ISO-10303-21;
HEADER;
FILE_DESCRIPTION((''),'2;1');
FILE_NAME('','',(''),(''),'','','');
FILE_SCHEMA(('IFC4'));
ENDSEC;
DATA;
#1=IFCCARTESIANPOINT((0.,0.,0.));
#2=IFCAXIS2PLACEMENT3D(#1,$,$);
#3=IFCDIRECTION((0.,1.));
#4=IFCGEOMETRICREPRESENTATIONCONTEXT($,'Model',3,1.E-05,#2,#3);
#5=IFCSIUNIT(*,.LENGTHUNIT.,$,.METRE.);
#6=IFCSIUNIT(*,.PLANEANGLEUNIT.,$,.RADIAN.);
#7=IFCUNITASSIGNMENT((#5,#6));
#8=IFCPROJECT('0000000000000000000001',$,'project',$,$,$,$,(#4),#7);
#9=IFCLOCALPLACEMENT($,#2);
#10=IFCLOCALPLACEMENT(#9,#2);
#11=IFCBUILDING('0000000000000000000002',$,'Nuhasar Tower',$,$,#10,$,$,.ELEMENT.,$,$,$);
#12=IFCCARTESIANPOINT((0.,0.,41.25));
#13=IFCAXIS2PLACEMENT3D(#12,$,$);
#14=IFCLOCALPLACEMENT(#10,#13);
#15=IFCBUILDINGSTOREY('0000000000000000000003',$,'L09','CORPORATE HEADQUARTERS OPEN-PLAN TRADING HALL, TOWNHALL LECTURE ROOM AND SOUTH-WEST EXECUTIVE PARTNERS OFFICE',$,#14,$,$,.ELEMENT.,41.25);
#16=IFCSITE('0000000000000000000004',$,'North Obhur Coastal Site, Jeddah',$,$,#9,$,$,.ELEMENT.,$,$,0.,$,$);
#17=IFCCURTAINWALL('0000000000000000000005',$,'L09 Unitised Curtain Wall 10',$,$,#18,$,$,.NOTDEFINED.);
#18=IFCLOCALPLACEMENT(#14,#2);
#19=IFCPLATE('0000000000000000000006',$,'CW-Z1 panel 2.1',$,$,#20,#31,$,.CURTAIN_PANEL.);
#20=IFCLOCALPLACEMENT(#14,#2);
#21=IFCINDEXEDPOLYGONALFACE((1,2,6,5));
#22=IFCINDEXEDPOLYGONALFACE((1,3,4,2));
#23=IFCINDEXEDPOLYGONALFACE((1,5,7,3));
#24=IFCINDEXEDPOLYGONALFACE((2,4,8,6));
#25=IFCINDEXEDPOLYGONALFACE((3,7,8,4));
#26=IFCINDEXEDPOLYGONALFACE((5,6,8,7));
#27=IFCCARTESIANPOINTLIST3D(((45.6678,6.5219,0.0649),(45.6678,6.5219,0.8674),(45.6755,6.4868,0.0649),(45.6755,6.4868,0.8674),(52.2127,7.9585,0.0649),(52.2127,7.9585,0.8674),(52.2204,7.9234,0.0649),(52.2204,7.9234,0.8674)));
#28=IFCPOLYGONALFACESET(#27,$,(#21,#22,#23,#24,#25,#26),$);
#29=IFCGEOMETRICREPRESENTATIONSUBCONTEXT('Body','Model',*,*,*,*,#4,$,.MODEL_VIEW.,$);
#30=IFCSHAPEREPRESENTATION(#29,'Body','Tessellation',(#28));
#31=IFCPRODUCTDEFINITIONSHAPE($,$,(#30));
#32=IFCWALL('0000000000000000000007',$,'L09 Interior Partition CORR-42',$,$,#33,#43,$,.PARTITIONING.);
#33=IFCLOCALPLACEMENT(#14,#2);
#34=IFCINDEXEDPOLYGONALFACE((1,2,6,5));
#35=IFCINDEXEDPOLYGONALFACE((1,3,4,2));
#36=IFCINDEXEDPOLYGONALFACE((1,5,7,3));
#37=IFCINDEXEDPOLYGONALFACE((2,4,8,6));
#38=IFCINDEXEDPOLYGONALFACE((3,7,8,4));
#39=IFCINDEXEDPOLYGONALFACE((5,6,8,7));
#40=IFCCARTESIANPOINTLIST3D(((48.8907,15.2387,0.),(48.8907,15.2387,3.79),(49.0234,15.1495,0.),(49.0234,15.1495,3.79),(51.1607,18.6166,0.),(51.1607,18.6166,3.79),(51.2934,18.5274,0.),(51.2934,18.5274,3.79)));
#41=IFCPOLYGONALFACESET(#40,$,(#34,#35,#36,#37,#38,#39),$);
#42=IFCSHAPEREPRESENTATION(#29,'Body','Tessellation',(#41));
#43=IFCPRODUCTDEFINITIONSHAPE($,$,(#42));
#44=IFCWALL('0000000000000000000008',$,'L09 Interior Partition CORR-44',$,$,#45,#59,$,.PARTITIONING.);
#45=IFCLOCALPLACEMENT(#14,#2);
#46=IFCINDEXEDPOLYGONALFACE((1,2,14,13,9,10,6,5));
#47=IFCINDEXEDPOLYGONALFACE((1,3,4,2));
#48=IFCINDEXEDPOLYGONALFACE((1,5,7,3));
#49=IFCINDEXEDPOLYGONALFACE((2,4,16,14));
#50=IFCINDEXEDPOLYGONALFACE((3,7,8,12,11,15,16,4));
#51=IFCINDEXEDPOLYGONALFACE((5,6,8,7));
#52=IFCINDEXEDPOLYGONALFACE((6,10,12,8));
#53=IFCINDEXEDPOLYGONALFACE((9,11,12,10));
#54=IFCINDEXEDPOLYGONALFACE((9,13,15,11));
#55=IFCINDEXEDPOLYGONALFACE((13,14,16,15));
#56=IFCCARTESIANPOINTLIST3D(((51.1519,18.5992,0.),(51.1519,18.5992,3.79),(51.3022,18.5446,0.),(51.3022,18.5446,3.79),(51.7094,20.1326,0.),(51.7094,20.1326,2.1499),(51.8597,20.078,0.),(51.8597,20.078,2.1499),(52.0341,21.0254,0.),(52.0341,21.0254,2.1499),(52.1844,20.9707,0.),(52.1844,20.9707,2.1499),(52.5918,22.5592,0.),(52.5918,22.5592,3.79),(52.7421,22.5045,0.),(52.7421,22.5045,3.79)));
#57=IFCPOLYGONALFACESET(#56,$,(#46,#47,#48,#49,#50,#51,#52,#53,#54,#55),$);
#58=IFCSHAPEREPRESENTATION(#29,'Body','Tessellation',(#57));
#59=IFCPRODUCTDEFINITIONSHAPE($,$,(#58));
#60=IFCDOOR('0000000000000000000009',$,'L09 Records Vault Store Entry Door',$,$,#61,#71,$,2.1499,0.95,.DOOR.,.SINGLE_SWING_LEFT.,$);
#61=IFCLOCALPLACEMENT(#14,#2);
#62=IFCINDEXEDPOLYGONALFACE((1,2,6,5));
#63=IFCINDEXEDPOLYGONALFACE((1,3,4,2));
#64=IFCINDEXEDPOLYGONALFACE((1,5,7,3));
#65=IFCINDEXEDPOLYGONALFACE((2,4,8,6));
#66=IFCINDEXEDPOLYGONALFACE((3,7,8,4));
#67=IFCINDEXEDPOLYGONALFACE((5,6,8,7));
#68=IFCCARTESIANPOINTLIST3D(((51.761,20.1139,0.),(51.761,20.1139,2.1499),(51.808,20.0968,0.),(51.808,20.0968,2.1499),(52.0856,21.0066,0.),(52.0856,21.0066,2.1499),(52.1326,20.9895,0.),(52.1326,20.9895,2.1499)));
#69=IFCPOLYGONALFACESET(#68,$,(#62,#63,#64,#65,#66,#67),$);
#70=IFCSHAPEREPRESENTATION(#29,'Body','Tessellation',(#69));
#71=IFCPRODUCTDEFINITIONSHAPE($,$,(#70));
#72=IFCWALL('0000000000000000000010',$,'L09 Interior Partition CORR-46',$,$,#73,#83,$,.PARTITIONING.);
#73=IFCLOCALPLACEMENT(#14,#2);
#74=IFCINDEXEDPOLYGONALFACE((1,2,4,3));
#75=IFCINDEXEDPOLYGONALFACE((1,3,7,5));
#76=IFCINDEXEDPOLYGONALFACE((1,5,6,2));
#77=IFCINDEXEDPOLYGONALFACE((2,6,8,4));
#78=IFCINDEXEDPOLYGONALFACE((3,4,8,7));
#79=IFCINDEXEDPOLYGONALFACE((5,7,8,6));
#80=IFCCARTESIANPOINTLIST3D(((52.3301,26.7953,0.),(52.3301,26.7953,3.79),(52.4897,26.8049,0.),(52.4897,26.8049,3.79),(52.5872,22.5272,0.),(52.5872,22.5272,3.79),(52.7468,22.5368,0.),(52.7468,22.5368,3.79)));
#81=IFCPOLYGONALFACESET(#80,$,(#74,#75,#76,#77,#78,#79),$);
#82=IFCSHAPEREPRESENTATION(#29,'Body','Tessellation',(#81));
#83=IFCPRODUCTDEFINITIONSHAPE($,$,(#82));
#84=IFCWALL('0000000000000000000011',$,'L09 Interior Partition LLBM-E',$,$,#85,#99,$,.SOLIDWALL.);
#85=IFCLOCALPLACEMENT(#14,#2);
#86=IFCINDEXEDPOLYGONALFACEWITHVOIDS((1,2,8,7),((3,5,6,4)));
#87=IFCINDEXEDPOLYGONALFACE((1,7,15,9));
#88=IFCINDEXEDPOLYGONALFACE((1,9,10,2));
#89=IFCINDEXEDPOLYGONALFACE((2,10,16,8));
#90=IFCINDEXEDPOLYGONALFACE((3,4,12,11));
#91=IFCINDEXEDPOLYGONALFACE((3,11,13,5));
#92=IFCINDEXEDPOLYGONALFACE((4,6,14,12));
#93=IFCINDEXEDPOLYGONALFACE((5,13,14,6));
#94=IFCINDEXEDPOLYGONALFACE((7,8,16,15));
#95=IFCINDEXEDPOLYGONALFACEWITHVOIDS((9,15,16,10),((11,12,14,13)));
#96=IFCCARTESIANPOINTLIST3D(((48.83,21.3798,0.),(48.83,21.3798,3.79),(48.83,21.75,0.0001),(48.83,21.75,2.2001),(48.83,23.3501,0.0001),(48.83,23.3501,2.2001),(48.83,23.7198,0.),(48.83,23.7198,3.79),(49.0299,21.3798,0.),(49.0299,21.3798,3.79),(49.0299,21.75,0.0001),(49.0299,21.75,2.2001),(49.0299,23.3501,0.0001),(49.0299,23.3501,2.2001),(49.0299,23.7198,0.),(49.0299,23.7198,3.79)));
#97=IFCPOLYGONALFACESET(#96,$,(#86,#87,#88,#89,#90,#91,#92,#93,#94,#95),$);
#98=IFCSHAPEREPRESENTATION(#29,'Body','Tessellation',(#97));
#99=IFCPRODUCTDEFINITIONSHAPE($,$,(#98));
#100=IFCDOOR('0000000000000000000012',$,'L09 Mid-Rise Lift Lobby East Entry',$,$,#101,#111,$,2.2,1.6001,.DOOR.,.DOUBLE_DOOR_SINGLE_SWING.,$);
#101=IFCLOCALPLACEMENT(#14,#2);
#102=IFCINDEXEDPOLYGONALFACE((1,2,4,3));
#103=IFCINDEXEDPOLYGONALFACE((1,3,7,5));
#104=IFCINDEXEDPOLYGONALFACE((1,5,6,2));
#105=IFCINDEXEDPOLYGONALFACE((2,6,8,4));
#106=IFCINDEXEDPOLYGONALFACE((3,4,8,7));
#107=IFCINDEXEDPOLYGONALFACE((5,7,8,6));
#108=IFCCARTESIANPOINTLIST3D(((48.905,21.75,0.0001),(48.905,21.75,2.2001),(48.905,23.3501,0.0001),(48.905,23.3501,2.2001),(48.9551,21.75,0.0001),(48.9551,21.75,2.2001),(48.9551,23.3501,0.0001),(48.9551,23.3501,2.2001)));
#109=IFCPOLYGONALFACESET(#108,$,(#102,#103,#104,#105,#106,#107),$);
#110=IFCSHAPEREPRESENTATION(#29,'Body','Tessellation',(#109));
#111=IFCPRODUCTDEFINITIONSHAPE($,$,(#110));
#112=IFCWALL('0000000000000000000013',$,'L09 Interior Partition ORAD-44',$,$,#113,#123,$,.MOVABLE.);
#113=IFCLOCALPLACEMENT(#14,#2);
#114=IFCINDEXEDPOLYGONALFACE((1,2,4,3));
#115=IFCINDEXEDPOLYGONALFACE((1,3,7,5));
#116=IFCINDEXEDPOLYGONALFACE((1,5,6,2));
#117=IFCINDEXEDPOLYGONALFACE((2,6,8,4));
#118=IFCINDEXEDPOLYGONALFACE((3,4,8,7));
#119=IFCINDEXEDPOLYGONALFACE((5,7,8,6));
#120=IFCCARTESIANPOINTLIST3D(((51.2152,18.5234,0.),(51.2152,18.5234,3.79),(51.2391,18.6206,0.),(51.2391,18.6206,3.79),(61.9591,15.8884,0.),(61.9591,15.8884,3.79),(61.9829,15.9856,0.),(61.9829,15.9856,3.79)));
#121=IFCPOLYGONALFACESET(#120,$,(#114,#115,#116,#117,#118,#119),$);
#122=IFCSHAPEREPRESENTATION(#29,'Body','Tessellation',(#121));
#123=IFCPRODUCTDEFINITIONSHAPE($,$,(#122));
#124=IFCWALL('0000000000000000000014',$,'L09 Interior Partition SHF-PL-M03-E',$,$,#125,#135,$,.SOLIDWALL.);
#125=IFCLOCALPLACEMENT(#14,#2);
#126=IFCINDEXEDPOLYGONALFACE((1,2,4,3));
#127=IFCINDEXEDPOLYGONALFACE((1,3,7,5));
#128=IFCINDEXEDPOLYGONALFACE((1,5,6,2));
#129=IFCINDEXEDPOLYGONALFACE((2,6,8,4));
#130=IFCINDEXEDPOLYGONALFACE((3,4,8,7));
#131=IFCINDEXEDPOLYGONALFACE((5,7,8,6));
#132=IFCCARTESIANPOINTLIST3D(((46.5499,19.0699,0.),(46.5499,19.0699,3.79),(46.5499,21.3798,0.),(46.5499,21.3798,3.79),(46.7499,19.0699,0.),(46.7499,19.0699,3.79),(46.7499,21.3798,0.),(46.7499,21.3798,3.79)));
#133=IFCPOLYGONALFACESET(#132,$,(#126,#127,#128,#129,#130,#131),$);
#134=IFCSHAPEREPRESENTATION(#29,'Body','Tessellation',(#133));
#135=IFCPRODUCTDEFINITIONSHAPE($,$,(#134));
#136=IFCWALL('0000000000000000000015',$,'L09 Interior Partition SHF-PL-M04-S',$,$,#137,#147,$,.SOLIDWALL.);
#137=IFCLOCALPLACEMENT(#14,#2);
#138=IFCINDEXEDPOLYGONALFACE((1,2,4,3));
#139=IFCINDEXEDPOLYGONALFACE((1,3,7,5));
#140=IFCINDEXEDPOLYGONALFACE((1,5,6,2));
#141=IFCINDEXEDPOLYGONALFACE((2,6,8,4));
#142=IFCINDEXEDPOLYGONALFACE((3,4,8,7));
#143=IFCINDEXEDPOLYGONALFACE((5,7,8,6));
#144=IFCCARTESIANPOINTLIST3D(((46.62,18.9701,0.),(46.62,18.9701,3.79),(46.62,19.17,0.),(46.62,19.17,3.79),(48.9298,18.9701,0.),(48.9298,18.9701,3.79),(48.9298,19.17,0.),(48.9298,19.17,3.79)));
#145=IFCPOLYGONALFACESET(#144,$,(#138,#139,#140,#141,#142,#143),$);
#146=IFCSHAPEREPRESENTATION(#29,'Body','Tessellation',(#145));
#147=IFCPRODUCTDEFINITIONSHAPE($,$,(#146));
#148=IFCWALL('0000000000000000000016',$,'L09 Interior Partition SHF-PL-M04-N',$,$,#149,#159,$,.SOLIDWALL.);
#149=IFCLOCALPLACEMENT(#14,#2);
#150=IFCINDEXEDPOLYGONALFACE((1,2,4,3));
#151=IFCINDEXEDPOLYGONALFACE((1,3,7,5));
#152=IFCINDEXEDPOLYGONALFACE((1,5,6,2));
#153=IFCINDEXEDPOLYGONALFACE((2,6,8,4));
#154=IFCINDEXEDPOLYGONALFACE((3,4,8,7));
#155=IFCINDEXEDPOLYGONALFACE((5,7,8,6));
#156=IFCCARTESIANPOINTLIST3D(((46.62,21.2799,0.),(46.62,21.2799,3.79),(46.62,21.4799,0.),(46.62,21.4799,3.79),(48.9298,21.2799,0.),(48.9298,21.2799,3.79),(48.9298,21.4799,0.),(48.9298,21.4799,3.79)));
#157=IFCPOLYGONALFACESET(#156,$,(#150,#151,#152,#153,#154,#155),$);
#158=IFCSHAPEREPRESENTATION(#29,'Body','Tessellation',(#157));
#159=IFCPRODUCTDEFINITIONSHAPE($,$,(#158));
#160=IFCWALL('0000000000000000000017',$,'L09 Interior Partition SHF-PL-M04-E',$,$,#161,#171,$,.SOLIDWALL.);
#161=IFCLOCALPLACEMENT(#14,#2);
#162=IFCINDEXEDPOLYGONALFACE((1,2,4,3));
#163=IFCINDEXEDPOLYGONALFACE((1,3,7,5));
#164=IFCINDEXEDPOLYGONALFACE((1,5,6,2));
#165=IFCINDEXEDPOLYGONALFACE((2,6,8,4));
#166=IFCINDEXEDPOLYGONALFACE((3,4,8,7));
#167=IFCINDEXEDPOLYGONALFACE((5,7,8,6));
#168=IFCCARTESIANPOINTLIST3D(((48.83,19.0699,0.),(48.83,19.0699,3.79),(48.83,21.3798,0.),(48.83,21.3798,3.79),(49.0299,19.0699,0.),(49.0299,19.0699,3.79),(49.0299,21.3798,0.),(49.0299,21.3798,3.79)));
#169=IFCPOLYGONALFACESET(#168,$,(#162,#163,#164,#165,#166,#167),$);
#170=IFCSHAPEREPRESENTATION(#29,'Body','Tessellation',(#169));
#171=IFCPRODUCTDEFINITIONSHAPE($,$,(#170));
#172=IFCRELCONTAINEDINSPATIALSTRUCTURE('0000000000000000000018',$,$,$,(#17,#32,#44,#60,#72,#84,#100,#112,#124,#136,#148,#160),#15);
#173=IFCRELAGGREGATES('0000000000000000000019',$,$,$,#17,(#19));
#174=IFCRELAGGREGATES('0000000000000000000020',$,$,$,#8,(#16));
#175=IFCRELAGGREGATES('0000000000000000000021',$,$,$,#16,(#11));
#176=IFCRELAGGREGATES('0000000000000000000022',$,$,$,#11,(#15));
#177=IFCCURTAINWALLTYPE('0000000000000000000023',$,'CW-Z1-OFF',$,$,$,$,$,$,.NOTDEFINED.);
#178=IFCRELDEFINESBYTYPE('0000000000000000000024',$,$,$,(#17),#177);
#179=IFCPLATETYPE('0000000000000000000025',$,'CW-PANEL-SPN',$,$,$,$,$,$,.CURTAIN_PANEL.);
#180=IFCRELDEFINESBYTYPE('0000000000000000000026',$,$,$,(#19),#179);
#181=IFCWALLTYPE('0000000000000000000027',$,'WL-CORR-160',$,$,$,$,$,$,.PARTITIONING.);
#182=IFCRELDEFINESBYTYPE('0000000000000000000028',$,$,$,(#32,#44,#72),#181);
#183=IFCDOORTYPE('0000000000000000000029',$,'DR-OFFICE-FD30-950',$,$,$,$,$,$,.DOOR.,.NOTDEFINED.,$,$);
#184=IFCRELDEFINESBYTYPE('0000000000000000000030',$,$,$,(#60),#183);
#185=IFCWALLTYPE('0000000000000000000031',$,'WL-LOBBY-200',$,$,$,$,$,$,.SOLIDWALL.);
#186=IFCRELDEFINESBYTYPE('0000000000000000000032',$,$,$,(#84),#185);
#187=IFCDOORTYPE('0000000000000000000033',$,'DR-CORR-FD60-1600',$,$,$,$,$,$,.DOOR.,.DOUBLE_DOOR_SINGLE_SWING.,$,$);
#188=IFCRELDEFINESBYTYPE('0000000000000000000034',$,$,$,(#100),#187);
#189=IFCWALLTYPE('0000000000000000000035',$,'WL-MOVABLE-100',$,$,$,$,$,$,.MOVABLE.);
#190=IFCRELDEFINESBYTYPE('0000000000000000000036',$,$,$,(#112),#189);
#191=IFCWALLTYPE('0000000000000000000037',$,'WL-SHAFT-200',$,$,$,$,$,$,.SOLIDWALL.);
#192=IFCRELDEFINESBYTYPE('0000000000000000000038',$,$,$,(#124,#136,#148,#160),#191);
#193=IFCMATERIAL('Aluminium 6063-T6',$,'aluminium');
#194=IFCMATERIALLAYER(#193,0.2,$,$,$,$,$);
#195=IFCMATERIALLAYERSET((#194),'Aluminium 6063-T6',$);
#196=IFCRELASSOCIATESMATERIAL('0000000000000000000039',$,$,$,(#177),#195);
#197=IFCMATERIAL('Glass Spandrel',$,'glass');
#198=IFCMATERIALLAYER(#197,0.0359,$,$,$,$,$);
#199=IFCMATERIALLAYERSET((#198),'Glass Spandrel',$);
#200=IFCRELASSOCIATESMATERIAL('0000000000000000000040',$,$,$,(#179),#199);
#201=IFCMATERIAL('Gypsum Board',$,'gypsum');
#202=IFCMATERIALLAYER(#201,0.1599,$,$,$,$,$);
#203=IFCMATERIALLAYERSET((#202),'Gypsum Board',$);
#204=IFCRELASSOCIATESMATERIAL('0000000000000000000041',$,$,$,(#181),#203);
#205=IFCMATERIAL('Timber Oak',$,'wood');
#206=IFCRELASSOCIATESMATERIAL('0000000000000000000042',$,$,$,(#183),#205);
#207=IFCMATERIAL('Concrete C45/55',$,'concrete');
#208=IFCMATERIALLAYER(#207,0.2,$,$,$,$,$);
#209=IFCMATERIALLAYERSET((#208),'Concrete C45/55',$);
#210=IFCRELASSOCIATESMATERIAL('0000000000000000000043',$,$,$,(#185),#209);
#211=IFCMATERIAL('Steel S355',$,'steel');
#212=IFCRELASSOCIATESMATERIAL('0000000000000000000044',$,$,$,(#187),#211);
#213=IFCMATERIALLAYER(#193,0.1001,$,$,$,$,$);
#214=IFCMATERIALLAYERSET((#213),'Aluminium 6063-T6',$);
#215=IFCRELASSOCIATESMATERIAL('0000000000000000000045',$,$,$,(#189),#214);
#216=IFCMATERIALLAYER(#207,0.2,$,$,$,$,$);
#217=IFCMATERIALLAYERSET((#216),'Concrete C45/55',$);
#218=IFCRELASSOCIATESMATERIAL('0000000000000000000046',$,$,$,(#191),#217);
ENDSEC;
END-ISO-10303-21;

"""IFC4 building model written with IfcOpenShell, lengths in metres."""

from ifc_helpers import new_model, si_unit, direction, frame, frame_2d, origin, origin_2d, place, context, subcontext, project, spatial, rectangle, extrude, material, layer, layer_set, type_object, element, fill, aggregate, save


model = new_model("IFC4")

# Units and contexts
model_context = context("Model", 3, precision=1e-05, world=origin(), true_north=direction((0.0, 1.0)))
body_context = subcontext(model_context, "Body", "Model", "MODEL_VIEW")
ifc_project = project(units=[si_unit("LENGTHUNIT", "METRE"), si_unit("PLANEANGLEUNIT", "RADIAN")], contexts=[model_context])

# Site, building, storey
site_placement = place(None, origin())
site = spatial("IfcSite", under=ifc_project, at=site_placement, Name="North Obhur Coastal Site, Jeddah", CompositionType="ELEMENT", RefElevation=0.0)
building_placement = place(site_placement, origin())
building = spatial("IfcBuilding", under=site, at=building_placement, Name="Nuhasar Tower", CompositionType="ELEMENT")
storey_placement = place(building_placement, frame((0.0, 0.0, 41.25)))
storey = spatial("IfcBuildingStorey", under=building, at=storey_placement, Name="L09", Description="CORPORATE HEADQUARTERS OPEN-PLAN TRADING HALL, TOWNHALL LECTURE ROOM AND SOUTH-WEST EXECUTIVE PARTNERS OFFICE", CompositionType="ELEMENT", Elevation=41.25)

# Shared definitions
ifc_material_1 = material(Name="Steel S355", Category="steel")

# Curtain wall
ifc_material_2 = material(Name="Aluminium 6063-T6", Category="aluminium")
ifc_layer_1 = layer(ifc_material_2, 0.2)
ifc_layer_set_1 = layer_set([ifc_layer_1], Name="Aluminium 6063-T6")
curtain_wall_type = type_object("IfcCurtainWallType", Name="CW-Z1-OFF", PredefinedType="NOTDEFINED", material=ifc_layer_set_1)
curtain_wall_1_placement = place(storey_placement, origin())
curtain_wall_1 = element("IfcCurtainWall", 1, at=curtain_wall_1_placement, inside=storey, type_object=curtain_wall_type, Name="L09 Unitised Curtain Wall 10", PredefinedType="NOTDEFINED")

# Plate
ifc_material_3 = material(Name="Glass Spandrel", Category="glass")
ifc_layer_2 = layer(ifc_material_3, 0.0359)
ifc_layer_set_2 = layer_set([ifc_layer_2], Name="Glass Spandrel")
plate_type_1 = type_object("IfcPlateType", Name="CW-PANEL-SPN", PredefinedType="CURTAIN_PANEL", material=ifc_layer_set_2)
plate_1_placement = place(storey_placement, frame((48.9441, 7.2227, 0.0649), z_axis=(0.0, 0.0, 1.0), x_axis=(0.976746, 0.214399, 0.0)))
plate_1 = element("IfcPlate", 2, at=plate_1_placement, type_object=plate_type_1, Name="CW-Z1 panel 2.1", PredefinedType="CURTAIN_PANEL", context=body_context, shape_type="SweptSolid", body=[
    extrude(rectangle(XDim=6.7007, YDim=0.0359, at=origin_2d()), origin(), (0.0, 0.0, 1.0), 0.8025),
])
aggregate(curtain_wall_1, [plate_1])

# Shared definitions
ifc_material_4 = material(Name="Gypsum Board", Category="gypsum")
ifc_layer_3 = layer(ifc_material_4, 0.1599)
ifc_layer_set_3 = layer_set([ifc_layer_3], Name="Gypsum Board")
wall_type_1 = type_object("IfcWallType", Name="WL-CORR-160", PredefinedType="PARTITIONING", material=ifc_layer_set_3)
ifc_material_5 = material(Name="Timber Oak", Category="wood")
door_type_1 = type_object("IfcDoorType", Name="DR-OFFICE-FD30-950", OperationType="NOTDEFINED", PredefinedType="DOOR", material=ifc_material_5)

# Wall
wall_1_placement = place(storey_placement, frame((48.957, 15.1941, 0.0), z_axis=(0.0, 0.0, 1.0), x_axis=(0.55777, 0.829996, 0.0)))
element("IfcWall", 3, at=wall_1_placement, inside=storey, type_object=wall_type_1, Name="L09 Interior Partition CORR-42", PredefinedType="PARTITIONING", context=body_context, shape_type="SweptSolid", body=[
    extrude(rectangle(XDim=4.0698, YDim=0.1599, at=frame_2d((2.0349, 0.0))), origin(), (0.0, 0.0, 1.0), 3.79),
])

# Wall, opening, door
wall_2_placement = place(storey_placement, frame((52.667, 22.532, 0.0), z_axis=(0.0, 0.0, 1.0), x_axis=(-0.341734, -0.939797, 0.0)))
wall_2 = element("IfcWall", 4, at=wall_2_placement, inside=storey, type_object=wall_type_1, Name="L09 Interior Partition CORR-44", PredefinedType="PARTITIONING", context=body_context, shape_type="SweptSolid", body=[
    extrude(rectangle(XDim=4.2136, YDim=0.1599, at=frame_2d((2.1069, 0.0))), origin(), (0.0, 0.0, 1.0), 3.79),
])
opening_1_placement = place(wall_2_placement, frame((1.6321, 0.0, 0.0)))
opening_1 = element("IfcOpeningElement", 5, at=opening_1_placement, cuts=wall_2, PredefinedType="OPENING", context=body_context, shape_type="SweptSolid", body=[
    extrude(rectangle(XDim=0.95, YDim=2.1499, at=frame_2d((0.4751, 1.075))), frame((0.0, 0.0898, 0.0), z_axis=(0.0, -1.0, 0.0), x_axis=(1.0, 0.0, 0.0)), (0.0, 0.0, 1.0), 0.1799),
])
door_1_placement = place(opening_1_placement, origin())
door_1 = element("IfcDoor", 6, at=door_1_placement, inside=storey, type_object=door_type_1, Name="L09 Records Vault Store Entry Door", OperationType="SINGLE_SWING_LEFT", OverallHeight=2.1499, OverallWidth=0.95, PredefinedType="DOOR", context=body_context, shape_type="SweptSolid", body=[
    extrude(rectangle(XDim=0.95, YDim=2.1499, at=frame_2d((0.4751, 1.075))), frame((0.0, 0.0249, 0.0), z_axis=(0.0, -1.0, 0.0), x_axis=(1.0, 0.0, 0.0)), (0.0, 0.0, 1.0), 0.05),
])
fill(opening_1, door_1)

# Wall
wall_3_placement = place(storey_placement, frame((52.667, 22.532, 0.0), z_axis=(0.0, 0.0, 1.0), x_axis=(-0.060124, 0.998191, 0.0)))
element("IfcWall", 7, at=wall_3_placement, inside=storey, type_object=wall_type_1, Name="L09 Interior Partition CORR-46", PredefinedType="PARTITIONING", context=body_context, shape_type="SweptSolid", body=[
    extrude(rectangle(XDim=4.2759, YDim=0.1599, at=frame_2d((2.1379, 0.0))), origin(), (0.0, 0.0, 1.0), 3.79),
])

# Wall, opening, door
ifc_material_6 = material(Name="Concrete C45/55", Category="concrete")
ifc_layer_4 = layer(ifc_material_6, 0.2)
ifc_layer_set_4 = layer_set([ifc_layer_4], Name="Concrete C45/55")
wall_type_2 = type_object("IfcWallType", Name="WL-LOBBY-200", PredefinedType="SOLIDWALL", material=ifc_layer_set_4)
wall_4_placement = place(storey_placement, frame((48.9299, 21.3799, 0.0), z_axis=(0.0, 0.0, 1.0), x_axis=(0.0, 1.0, 0.0)))
wall_4 = element("IfcWall", 8, at=wall_4_placement, inside=storey, type_object=wall_type_2, Name="L09 Interior Partition LLBM-E", PredefinedType="SOLIDWALL", context=body_context, shape_type="SweptSolid", body=[
    extrude(rectangle(XDim=2.3401, YDim=0.2, at=frame_2d((1.1699, 0.0))), origin(), (0.0, 0.0, 1.0), 3.79),
])
opening_2_placement = place(wall_4_placement, frame((0.3701, 0.0, 0.0)))
opening_2 = element("IfcOpeningElement", 9, at=opening_2_placement, cuts=wall_4, PredefinedType="OPENING", context=body_context, shape_type="SweptSolid", body=[
    extrude(rectangle(XDim=1.6001, YDim=2.2, at=frame_2d((0.8, 1.1001))), frame((0.0, 0.1099, 0.0), z_axis=(0.0, -1.0, 0.0), x_axis=(1.0, 0.0, 0.0)), (0.0, 0.0, 1.0), 0.22),
])
door_type_2 = type_object("IfcDoorType", Name="DR-CORR-FD60-1600", OperationType="DOUBLE_DOOR_SINGLE_SWING", PredefinedType="DOOR", material=ifc_material_1)
door_2_placement = place(opening_2_placement, origin())
door_2 = element("IfcDoor", 10, at=door_2_placement, inside=storey, type_object=door_type_2, Name="L09 Mid-Rise Lift Lobby East Entry", OperationType="DOUBLE_DOOR_SINGLE_SWING", OverallHeight=2.2, OverallWidth=1.6001, PredefinedType="DOOR", context=body_context, shape_type="SweptSolid", body=[
    extrude(rectangle(XDim=1.6001, YDim=2.2, at=frame_2d((0.8, 1.1001))), frame((0.0, 0.0249, 0.0), z_axis=(0.0, -1.0, 0.0), x_axis=(1.0, 0.0, 0.0)), (0.0, 0.0, 1.0), 0.05),
])
fill(opening_2, door_2)

# Walls
ifc_layer_5 = layer(ifc_material_2, 0.1001)
ifc_layer_set_5 = layer_set([ifc_layer_5], Name="Aluminium 6063-T6")
wall_type_3 = type_object("IfcWallType", Name="WL-MOVABLE-100", PredefinedType="MOVABLE", material=ifc_layer_set_5)
wall_5_placement = place(storey_placement, frame((51.2271, 18.572, 0.0), z_axis=(0.0, 0.0, 1.0), x_axis=(0.971217, -0.238197, 0.0)))
element("IfcWall", 11, at=wall_5_placement, inside=storey, type_object=wall_type_3, Name="L09 Interior Partition ORAD-44", PredefinedType="MOVABLE", context=body_context, shape_type="SweptSolid", body=[
    extrude(rectangle(XDim=11.0623, YDim=0.1001, at=frame_2d((5.5312, 0.0))), origin(), (0.0, 0.0, 1.0), 3.79),
])
ifc_layer_6 = layer(ifc_material_6, 0.2)
ifc_layer_set_6 = layer_set([ifc_layer_6], Name="Concrete C45/55")
wall_type_4 = type_object("IfcWallType", Name="WL-SHAFT-200", PredefinedType="SOLIDWALL", material=ifc_layer_set_6)
for number, where, z_axis, x_axis, name in (
    (12, (46.6499, 19.0701, 0.0), (0.0, 0.0, 1.0), (0.0, 1.0, 0.0), "L09 Interior Partition SHF-PL-M03-E"),
    (13, (46.6201, 19.0701, 0.0), (0.0, 0.0, 1.0), (1.0, 0.0, 0.0), "L09 Interior Partition SHF-PL-M04-S"),
    (14, (46.6201, 21.3799, 0.0), (0.0, 0.0, 1.0), (1.0, 0.0, 0.0), "L09 Interior Partition SHF-PL-M04-N"),
    (15, (48.9299, 19.0701, 0.0), (0.0, 0.0, 1.0), (0.0, 1.0, 0.0), "L09 Interior Partition SHF-PL-M04-E"),
):
    element("IfcWall", number, at=place(storey_placement, frame(where, z_axis=z_axis, x_axis=x_axis)), inside=storey, type_object=wall_type_4, Name=name, PredefinedType="SOLIDWALL", context=body_context, shape_type="SweptSolid", body=[
        extrude(rectangle(XDim=2.3098, YDim=0.2, at=frame_2d((1.1548, 0.0))), origin(), (0.0, 0.0, 1.0), 3.79),
    ])

save(model, "model.ifc")
